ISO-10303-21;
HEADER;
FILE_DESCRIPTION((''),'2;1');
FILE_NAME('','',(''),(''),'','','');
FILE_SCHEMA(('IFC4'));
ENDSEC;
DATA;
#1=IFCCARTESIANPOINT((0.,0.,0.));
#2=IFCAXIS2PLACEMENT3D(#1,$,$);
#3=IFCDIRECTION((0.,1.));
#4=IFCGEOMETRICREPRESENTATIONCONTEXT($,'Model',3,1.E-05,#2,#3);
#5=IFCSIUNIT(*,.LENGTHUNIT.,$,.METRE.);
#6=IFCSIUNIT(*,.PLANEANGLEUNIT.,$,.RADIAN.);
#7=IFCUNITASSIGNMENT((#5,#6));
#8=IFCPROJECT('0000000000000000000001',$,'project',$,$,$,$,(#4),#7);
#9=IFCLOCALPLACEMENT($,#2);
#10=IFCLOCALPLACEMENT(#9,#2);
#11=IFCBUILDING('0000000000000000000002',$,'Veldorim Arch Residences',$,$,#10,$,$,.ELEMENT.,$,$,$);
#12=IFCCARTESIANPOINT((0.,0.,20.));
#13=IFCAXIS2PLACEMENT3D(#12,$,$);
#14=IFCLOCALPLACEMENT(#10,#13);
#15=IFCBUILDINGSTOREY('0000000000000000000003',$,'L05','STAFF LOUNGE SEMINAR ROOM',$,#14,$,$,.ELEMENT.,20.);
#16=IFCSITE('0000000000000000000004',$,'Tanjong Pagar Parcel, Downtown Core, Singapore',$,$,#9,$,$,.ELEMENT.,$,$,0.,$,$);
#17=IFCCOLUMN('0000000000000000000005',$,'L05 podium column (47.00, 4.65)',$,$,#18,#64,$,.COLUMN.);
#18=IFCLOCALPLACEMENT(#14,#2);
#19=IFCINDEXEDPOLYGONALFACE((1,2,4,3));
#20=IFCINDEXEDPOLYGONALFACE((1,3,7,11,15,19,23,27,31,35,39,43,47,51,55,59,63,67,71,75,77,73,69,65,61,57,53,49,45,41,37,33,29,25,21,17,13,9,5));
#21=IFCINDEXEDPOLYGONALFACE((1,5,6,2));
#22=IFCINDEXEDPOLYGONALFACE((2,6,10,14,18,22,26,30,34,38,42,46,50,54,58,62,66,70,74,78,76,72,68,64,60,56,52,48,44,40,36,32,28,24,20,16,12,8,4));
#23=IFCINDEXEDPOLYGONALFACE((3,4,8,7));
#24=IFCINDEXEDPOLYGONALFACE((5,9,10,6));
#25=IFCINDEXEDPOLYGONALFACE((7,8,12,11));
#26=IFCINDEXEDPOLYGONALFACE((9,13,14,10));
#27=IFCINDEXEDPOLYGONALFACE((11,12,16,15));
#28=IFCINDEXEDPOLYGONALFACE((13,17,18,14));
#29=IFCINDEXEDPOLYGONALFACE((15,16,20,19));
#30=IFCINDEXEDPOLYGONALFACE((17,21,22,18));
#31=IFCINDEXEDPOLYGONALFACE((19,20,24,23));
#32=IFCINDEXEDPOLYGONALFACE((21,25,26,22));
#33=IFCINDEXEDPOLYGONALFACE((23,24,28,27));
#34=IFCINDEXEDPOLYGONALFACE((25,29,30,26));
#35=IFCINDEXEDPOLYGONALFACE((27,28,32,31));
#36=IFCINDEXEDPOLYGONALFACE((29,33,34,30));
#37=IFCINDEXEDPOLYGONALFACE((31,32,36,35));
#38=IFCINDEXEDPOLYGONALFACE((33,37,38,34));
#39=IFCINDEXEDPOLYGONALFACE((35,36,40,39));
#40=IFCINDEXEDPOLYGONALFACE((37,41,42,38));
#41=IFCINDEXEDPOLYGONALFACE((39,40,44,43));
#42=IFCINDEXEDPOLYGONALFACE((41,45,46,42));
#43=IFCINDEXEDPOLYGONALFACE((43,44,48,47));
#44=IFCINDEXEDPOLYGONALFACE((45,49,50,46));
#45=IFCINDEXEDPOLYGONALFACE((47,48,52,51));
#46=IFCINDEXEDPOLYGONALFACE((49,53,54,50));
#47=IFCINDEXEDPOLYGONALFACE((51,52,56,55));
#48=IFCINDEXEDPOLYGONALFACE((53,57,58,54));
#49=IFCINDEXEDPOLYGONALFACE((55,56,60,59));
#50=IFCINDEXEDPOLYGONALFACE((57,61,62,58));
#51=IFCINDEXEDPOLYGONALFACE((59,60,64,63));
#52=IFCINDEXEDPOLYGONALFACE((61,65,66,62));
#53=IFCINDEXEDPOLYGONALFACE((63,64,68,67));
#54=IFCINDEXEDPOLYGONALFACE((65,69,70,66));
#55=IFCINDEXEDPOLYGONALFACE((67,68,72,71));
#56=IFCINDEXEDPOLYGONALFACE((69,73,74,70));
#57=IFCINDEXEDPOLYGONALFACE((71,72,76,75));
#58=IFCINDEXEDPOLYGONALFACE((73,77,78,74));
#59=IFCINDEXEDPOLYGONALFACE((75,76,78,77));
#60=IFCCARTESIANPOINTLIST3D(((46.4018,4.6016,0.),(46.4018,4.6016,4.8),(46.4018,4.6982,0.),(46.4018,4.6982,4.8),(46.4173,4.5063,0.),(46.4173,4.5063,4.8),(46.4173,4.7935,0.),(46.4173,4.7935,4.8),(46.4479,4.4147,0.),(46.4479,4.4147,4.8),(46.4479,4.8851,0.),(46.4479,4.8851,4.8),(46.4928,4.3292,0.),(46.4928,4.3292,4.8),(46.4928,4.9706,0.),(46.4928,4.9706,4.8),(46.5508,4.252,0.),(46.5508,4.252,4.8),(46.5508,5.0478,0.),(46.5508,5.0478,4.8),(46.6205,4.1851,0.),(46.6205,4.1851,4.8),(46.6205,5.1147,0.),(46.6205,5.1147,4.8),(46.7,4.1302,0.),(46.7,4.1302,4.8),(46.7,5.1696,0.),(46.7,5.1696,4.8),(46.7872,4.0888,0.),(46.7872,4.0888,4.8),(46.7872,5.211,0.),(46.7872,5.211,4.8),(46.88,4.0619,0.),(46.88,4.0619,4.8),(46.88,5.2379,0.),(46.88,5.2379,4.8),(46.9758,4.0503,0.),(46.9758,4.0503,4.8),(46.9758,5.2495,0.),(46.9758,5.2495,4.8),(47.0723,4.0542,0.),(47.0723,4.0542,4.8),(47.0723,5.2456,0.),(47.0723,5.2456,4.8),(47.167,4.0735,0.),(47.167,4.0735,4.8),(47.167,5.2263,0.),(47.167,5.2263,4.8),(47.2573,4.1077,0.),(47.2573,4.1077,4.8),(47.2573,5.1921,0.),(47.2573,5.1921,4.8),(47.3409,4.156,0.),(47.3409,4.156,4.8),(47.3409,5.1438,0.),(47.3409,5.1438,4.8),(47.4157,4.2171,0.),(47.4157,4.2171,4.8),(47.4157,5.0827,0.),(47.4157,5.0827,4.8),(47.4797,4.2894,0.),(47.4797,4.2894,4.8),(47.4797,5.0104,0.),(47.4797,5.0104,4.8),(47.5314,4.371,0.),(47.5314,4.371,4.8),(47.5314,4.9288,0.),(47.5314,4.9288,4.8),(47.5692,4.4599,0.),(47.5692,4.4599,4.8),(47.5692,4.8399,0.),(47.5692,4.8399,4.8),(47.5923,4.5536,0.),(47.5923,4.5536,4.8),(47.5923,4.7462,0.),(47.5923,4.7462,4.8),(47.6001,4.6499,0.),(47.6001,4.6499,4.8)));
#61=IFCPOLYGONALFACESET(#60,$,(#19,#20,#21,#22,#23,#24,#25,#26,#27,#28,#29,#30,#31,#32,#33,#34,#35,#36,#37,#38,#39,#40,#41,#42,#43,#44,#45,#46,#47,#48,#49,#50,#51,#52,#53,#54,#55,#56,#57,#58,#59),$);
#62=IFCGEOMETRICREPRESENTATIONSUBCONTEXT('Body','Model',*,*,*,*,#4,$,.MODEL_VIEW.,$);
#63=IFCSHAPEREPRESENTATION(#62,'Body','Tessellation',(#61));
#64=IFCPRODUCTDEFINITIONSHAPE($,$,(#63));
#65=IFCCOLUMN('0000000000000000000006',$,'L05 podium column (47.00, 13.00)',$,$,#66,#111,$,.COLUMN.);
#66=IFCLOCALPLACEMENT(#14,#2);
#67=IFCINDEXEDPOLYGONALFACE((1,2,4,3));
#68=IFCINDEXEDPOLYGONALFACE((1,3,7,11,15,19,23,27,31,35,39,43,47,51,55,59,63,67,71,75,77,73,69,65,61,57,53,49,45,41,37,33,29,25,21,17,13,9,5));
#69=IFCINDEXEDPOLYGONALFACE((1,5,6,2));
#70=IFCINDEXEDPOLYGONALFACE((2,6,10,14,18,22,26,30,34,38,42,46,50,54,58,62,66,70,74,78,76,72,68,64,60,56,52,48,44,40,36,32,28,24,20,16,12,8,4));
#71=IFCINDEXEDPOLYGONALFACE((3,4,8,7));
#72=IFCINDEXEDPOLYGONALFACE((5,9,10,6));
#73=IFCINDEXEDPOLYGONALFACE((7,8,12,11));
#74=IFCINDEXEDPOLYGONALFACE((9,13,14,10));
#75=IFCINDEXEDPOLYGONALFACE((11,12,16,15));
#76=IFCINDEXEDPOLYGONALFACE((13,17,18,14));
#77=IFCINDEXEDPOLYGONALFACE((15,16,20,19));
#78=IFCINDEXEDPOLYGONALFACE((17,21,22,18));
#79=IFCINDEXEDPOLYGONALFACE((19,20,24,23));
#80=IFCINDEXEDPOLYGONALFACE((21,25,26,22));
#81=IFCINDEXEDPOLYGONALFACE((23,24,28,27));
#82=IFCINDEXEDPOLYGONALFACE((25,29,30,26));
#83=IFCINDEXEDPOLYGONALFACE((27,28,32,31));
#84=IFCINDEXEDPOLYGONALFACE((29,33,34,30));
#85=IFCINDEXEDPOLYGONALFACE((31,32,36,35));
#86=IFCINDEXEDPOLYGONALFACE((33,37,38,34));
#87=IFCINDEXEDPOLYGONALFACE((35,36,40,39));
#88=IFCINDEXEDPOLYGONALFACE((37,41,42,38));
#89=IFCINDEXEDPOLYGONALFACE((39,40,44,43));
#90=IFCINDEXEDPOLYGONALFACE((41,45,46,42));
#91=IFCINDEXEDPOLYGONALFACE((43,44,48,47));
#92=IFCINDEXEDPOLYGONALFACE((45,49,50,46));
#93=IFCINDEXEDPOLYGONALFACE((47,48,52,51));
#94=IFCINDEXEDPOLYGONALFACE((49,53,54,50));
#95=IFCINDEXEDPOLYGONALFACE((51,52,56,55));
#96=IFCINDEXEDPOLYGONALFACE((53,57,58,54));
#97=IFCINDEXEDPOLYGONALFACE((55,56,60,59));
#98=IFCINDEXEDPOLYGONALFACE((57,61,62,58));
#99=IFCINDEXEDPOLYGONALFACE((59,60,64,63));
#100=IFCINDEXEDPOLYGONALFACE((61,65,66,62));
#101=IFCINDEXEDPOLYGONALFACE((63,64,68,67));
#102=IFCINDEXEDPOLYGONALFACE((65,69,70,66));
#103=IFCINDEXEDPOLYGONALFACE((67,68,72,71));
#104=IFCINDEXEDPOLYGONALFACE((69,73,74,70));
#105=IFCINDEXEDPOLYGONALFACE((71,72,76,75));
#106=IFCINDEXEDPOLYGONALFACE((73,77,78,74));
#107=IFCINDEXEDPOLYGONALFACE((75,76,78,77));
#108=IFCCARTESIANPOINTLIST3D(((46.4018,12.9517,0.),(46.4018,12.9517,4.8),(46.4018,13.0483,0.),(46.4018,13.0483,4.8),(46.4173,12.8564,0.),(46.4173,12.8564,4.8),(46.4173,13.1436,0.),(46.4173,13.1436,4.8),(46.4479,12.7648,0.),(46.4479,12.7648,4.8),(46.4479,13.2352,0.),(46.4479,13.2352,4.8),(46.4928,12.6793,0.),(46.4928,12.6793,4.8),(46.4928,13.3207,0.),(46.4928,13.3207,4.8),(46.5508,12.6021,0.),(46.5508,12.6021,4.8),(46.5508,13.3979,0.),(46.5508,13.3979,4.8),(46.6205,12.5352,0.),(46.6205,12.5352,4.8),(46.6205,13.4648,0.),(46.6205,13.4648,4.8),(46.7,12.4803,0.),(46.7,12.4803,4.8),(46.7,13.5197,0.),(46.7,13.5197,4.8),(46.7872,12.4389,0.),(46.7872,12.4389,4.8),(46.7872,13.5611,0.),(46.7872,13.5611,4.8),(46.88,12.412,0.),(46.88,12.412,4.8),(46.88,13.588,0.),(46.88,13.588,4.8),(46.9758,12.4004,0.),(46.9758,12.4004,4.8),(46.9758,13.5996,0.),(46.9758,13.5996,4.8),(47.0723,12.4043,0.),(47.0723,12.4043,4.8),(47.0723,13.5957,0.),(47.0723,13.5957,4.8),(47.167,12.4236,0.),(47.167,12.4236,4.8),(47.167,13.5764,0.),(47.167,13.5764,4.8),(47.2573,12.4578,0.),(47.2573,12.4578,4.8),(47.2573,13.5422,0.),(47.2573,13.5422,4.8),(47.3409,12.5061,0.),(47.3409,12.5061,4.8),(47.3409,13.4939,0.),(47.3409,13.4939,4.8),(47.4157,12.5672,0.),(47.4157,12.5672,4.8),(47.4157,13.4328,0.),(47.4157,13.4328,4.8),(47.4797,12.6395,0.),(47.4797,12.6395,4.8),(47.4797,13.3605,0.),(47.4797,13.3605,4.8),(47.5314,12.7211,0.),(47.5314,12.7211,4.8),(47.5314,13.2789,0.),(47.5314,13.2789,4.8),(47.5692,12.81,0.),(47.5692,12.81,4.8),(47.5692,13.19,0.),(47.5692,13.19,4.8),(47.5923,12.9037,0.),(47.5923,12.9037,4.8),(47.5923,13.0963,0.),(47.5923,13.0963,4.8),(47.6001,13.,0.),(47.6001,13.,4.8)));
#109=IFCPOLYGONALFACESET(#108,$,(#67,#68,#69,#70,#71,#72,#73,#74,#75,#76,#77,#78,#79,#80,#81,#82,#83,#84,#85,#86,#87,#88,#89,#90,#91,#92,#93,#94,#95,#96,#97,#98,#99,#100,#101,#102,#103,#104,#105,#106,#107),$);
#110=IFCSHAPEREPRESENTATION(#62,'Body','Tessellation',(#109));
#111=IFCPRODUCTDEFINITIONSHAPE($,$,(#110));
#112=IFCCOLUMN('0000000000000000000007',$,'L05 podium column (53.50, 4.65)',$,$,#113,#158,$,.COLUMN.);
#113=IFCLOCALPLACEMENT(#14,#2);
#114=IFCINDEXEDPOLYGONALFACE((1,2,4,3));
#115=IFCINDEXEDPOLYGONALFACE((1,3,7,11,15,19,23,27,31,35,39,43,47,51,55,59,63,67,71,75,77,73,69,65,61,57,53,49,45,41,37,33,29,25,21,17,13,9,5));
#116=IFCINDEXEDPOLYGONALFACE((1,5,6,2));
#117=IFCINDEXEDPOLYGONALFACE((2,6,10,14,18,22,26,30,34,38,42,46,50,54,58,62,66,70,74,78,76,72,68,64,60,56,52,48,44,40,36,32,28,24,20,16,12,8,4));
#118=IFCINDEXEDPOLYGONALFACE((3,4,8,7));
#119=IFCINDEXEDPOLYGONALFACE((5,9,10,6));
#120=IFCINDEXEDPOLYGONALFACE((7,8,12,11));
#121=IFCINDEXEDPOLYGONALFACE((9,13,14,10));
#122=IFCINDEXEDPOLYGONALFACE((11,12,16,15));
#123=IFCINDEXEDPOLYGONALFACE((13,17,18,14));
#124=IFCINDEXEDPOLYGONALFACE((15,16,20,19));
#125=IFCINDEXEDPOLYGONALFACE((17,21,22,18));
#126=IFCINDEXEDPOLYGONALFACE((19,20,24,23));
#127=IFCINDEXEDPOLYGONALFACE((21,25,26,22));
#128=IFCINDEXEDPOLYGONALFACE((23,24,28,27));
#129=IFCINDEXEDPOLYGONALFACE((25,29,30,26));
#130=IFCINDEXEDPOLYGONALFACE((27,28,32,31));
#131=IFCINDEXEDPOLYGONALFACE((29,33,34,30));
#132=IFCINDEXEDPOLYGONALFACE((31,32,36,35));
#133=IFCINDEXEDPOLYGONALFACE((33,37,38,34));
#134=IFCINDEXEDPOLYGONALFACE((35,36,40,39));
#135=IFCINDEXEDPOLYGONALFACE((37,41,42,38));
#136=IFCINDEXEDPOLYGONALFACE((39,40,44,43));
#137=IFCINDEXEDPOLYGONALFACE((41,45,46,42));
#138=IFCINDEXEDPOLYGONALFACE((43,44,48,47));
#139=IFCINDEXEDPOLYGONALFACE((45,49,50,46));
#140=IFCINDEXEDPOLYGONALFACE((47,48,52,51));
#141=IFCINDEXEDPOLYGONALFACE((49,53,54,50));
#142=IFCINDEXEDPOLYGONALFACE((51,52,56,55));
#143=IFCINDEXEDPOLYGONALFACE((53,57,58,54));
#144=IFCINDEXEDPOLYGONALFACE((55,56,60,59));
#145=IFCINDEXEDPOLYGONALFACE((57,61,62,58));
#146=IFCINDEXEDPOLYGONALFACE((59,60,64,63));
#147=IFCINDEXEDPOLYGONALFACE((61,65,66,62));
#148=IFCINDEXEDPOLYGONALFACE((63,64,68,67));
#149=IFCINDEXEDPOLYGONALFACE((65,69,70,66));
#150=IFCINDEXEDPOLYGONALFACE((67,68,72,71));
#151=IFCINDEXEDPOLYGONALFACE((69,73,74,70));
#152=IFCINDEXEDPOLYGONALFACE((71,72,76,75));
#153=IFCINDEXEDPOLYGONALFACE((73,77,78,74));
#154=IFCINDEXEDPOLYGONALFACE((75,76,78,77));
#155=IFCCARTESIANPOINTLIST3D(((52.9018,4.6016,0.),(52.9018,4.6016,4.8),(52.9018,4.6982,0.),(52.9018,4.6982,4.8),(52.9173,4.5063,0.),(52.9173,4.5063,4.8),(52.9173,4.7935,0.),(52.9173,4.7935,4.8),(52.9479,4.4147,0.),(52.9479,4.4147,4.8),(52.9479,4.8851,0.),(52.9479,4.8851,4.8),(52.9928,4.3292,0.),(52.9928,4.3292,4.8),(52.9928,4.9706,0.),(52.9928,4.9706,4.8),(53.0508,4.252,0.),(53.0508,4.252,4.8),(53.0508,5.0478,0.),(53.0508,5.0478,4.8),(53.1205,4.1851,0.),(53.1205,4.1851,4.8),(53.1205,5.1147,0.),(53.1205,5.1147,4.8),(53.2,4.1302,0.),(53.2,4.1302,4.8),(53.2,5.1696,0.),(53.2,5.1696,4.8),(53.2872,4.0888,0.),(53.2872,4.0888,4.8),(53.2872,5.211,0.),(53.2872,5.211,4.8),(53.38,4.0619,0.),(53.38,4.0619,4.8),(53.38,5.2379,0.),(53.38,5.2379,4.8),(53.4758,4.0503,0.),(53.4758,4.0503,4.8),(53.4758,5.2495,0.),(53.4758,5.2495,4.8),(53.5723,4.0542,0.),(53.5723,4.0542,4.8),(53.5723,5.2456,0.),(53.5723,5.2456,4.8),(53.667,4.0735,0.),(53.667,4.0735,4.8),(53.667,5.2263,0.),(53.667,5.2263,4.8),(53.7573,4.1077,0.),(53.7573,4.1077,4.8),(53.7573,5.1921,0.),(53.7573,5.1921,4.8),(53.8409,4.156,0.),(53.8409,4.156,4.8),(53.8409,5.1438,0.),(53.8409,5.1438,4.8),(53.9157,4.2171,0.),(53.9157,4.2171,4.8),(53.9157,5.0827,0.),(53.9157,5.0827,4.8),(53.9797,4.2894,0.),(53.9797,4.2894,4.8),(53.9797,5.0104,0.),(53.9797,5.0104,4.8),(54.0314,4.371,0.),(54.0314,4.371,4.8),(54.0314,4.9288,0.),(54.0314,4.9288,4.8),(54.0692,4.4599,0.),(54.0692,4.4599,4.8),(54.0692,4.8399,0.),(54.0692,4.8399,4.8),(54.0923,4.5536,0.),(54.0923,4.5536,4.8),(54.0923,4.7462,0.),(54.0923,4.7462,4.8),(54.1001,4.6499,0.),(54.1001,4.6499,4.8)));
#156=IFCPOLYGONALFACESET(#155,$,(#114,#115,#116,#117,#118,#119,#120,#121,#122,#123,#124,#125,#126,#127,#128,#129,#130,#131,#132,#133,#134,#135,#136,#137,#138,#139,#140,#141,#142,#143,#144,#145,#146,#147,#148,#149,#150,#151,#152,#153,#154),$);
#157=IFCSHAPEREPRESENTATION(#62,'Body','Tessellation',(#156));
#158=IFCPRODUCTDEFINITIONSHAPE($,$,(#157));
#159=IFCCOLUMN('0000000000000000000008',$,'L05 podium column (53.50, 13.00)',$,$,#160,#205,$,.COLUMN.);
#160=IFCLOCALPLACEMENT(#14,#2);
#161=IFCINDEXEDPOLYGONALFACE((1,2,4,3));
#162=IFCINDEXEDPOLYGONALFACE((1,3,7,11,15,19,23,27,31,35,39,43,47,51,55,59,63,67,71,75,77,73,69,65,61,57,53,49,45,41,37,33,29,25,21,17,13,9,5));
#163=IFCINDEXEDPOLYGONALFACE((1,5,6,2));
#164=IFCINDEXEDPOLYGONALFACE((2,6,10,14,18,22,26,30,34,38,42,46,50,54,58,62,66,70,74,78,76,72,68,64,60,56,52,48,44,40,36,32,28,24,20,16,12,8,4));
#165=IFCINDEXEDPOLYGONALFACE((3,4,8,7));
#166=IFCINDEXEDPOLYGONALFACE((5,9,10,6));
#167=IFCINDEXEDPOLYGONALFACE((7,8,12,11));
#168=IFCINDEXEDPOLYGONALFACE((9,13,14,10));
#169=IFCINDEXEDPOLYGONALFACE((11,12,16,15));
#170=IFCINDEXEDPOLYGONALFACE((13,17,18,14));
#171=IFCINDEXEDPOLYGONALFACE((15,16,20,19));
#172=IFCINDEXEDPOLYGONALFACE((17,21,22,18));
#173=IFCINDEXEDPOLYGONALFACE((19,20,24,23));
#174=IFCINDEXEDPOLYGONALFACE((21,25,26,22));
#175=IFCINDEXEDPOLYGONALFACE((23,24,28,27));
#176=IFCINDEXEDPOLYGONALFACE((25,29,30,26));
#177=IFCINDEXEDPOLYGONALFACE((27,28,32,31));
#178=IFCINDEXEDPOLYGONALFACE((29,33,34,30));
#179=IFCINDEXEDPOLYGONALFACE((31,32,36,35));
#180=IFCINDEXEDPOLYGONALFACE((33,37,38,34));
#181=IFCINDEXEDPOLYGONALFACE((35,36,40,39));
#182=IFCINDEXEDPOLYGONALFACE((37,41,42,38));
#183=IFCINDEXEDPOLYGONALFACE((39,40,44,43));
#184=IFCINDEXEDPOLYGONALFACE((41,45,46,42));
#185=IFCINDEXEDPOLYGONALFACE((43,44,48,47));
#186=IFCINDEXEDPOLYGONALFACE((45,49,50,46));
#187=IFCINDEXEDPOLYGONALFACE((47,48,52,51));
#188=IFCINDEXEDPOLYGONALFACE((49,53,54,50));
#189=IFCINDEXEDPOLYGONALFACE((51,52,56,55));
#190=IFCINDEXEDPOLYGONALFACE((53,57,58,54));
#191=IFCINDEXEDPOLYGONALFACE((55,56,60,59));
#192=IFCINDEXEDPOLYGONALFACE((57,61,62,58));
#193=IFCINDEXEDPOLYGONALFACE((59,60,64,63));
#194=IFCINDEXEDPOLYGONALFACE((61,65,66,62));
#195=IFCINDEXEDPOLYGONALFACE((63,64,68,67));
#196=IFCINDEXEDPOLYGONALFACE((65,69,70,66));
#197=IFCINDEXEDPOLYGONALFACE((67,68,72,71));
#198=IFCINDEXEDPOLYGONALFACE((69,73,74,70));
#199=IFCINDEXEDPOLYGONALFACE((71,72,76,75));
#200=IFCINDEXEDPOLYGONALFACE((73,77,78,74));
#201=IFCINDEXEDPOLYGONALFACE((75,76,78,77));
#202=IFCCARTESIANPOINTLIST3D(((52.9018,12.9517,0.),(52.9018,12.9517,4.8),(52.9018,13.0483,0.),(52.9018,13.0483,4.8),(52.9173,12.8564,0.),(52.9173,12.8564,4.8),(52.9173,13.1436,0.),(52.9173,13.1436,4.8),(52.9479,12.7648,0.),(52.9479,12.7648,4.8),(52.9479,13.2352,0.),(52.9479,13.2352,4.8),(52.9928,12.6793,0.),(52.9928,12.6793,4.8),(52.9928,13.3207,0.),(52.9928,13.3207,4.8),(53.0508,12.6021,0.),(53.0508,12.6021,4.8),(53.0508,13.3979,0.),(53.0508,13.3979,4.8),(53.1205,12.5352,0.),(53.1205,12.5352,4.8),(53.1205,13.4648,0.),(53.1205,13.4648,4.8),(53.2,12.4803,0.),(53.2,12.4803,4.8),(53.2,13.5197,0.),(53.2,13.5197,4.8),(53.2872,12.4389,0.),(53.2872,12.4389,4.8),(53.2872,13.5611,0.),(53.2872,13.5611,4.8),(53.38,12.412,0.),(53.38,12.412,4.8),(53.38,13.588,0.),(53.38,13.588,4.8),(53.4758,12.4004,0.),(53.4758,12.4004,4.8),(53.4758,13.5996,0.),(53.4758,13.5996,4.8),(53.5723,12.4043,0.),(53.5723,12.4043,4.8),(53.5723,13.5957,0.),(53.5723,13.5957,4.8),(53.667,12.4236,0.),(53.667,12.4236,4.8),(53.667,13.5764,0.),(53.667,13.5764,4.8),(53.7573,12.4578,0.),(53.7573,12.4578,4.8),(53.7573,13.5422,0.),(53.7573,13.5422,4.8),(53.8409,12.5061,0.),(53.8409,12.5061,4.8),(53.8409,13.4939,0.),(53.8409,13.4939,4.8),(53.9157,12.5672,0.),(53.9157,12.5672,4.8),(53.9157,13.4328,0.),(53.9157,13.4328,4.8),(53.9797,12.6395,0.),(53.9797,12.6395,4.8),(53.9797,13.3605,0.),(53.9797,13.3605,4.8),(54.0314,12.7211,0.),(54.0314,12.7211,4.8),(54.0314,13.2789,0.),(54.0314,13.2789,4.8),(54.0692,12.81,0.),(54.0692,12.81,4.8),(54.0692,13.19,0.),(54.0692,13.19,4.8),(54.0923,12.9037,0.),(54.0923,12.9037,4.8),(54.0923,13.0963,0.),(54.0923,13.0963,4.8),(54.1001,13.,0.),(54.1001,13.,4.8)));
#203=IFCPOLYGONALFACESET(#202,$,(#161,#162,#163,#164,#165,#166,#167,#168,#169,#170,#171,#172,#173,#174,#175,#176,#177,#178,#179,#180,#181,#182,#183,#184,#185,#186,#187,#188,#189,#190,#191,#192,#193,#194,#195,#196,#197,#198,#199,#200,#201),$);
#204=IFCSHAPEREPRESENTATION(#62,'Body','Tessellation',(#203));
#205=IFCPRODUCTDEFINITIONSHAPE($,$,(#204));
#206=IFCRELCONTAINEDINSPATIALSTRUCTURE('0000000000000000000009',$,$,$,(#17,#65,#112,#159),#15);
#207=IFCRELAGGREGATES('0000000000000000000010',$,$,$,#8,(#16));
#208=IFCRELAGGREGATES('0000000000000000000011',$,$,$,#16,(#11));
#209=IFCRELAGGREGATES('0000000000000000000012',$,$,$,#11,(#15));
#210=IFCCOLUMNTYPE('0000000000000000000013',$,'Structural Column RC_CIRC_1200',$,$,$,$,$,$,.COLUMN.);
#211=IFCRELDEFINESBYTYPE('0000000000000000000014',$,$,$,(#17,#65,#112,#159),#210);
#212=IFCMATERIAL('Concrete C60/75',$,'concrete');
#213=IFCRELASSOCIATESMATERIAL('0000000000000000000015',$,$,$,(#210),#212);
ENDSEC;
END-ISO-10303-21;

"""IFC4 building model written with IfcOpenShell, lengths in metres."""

from ifc_helpers import new_model, si_unit, direction, frame, origin, origin_2d, place, context, subcontext, project, spatial, circle, extrude, material, material_profile, profile_set, type_object, element, save


model = new_model("IFC4")

# Units and contexts
model_context = context("Model", 3, precision=1e-05, world=origin(), true_north=direction((0.0, 1.0)))
body_context = subcontext(model_context, "Body", "Model", "MODEL_VIEW")
ifc_project = project(units=[si_unit("LENGTHUNIT", "METRE"), si_unit("PLANEANGLEUNIT", "RADIAN")], contexts=[model_context])

# Site, building, storey
site_placement = place(None, origin())
site = spatial("IfcSite", under=ifc_project, at=site_placement, Name="Tanjong Pagar Parcel, Downtown Core, Singapore", CompositionType="ELEMENT", RefElevation=0.0)
building_placement = place(site_placement, origin())
building = spatial("IfcBuilding", under=site, at=building_placement, Name="Veldorim Arch Residences", CompositionType="ELEMENT")
storey_placement = place(building_placement, frame((0.0, 0.0, 20.0)))
storey = spatial("IfcBuildingStorey", under=building, at=storey_placement, Name="L05", Description="STAFF LOUNGE SEMINAR ROOM", CompositionType="ELEMENT", Elevation=20.0)

# Columns
ifc_material_1 = material(Name="Concrete C60/75", Category="concrete")
ifc_material_profile_1 = material_profile(ifc_material_1, circle(Radius=0.6001, at=origin_2d()), Name="RC_CIRC_1200")
ifc_profile_set_1 = profile_set([ifc_material_profile_1], Name="Concrete C60/75")
column_type = type_object("IfcColumnType", Name="Structural Column RC_CIRC_1200", PredefinedType="COLUMN", material=ifc_profile_set_1)
for number, where, z_axis, x_axis, name in (
    (1, (47.0, 4.6499, 0.0), (0.0, 0.0, 1.0), (1.0, 0.0, 0.0), "L05 podium column (47.00, 4.65)"),
    (2, (47.0, 13.0, 0.0), (0.0, 0.0, 1.0), (1.0, 0.0, 0.0), "L05 podium column (47.00, 13.00)"),
    (3, (53.5, 4.6499, 0.0), (0.0, 0.0, 1.0), (1.0, 0.0, 0.0), "L05 podium column (53.50, 4.65)"),
    (4, (53.5, 13.0, 0.0), (0.0, 0.0, 1.0), (1.0, 0.0, 0.0), "L05 podium column (53.50, 13.00)"),
):
    element("IfcColumn", number, at=place(storey_placement, frame(where, z_axis=z_axis, x_axis=x_axis)), inside=storey, type_object=column_type, Name=name, PredefinedType="COLUMN", context=body_context, shape_type="SweptSolid", body=[
        extrude(circle(Radius=0.6001, at=origin_2d()), origin(), (0.0, 0.0, 1.0), 4.8),
    ])

save(model, "model.ifc")
